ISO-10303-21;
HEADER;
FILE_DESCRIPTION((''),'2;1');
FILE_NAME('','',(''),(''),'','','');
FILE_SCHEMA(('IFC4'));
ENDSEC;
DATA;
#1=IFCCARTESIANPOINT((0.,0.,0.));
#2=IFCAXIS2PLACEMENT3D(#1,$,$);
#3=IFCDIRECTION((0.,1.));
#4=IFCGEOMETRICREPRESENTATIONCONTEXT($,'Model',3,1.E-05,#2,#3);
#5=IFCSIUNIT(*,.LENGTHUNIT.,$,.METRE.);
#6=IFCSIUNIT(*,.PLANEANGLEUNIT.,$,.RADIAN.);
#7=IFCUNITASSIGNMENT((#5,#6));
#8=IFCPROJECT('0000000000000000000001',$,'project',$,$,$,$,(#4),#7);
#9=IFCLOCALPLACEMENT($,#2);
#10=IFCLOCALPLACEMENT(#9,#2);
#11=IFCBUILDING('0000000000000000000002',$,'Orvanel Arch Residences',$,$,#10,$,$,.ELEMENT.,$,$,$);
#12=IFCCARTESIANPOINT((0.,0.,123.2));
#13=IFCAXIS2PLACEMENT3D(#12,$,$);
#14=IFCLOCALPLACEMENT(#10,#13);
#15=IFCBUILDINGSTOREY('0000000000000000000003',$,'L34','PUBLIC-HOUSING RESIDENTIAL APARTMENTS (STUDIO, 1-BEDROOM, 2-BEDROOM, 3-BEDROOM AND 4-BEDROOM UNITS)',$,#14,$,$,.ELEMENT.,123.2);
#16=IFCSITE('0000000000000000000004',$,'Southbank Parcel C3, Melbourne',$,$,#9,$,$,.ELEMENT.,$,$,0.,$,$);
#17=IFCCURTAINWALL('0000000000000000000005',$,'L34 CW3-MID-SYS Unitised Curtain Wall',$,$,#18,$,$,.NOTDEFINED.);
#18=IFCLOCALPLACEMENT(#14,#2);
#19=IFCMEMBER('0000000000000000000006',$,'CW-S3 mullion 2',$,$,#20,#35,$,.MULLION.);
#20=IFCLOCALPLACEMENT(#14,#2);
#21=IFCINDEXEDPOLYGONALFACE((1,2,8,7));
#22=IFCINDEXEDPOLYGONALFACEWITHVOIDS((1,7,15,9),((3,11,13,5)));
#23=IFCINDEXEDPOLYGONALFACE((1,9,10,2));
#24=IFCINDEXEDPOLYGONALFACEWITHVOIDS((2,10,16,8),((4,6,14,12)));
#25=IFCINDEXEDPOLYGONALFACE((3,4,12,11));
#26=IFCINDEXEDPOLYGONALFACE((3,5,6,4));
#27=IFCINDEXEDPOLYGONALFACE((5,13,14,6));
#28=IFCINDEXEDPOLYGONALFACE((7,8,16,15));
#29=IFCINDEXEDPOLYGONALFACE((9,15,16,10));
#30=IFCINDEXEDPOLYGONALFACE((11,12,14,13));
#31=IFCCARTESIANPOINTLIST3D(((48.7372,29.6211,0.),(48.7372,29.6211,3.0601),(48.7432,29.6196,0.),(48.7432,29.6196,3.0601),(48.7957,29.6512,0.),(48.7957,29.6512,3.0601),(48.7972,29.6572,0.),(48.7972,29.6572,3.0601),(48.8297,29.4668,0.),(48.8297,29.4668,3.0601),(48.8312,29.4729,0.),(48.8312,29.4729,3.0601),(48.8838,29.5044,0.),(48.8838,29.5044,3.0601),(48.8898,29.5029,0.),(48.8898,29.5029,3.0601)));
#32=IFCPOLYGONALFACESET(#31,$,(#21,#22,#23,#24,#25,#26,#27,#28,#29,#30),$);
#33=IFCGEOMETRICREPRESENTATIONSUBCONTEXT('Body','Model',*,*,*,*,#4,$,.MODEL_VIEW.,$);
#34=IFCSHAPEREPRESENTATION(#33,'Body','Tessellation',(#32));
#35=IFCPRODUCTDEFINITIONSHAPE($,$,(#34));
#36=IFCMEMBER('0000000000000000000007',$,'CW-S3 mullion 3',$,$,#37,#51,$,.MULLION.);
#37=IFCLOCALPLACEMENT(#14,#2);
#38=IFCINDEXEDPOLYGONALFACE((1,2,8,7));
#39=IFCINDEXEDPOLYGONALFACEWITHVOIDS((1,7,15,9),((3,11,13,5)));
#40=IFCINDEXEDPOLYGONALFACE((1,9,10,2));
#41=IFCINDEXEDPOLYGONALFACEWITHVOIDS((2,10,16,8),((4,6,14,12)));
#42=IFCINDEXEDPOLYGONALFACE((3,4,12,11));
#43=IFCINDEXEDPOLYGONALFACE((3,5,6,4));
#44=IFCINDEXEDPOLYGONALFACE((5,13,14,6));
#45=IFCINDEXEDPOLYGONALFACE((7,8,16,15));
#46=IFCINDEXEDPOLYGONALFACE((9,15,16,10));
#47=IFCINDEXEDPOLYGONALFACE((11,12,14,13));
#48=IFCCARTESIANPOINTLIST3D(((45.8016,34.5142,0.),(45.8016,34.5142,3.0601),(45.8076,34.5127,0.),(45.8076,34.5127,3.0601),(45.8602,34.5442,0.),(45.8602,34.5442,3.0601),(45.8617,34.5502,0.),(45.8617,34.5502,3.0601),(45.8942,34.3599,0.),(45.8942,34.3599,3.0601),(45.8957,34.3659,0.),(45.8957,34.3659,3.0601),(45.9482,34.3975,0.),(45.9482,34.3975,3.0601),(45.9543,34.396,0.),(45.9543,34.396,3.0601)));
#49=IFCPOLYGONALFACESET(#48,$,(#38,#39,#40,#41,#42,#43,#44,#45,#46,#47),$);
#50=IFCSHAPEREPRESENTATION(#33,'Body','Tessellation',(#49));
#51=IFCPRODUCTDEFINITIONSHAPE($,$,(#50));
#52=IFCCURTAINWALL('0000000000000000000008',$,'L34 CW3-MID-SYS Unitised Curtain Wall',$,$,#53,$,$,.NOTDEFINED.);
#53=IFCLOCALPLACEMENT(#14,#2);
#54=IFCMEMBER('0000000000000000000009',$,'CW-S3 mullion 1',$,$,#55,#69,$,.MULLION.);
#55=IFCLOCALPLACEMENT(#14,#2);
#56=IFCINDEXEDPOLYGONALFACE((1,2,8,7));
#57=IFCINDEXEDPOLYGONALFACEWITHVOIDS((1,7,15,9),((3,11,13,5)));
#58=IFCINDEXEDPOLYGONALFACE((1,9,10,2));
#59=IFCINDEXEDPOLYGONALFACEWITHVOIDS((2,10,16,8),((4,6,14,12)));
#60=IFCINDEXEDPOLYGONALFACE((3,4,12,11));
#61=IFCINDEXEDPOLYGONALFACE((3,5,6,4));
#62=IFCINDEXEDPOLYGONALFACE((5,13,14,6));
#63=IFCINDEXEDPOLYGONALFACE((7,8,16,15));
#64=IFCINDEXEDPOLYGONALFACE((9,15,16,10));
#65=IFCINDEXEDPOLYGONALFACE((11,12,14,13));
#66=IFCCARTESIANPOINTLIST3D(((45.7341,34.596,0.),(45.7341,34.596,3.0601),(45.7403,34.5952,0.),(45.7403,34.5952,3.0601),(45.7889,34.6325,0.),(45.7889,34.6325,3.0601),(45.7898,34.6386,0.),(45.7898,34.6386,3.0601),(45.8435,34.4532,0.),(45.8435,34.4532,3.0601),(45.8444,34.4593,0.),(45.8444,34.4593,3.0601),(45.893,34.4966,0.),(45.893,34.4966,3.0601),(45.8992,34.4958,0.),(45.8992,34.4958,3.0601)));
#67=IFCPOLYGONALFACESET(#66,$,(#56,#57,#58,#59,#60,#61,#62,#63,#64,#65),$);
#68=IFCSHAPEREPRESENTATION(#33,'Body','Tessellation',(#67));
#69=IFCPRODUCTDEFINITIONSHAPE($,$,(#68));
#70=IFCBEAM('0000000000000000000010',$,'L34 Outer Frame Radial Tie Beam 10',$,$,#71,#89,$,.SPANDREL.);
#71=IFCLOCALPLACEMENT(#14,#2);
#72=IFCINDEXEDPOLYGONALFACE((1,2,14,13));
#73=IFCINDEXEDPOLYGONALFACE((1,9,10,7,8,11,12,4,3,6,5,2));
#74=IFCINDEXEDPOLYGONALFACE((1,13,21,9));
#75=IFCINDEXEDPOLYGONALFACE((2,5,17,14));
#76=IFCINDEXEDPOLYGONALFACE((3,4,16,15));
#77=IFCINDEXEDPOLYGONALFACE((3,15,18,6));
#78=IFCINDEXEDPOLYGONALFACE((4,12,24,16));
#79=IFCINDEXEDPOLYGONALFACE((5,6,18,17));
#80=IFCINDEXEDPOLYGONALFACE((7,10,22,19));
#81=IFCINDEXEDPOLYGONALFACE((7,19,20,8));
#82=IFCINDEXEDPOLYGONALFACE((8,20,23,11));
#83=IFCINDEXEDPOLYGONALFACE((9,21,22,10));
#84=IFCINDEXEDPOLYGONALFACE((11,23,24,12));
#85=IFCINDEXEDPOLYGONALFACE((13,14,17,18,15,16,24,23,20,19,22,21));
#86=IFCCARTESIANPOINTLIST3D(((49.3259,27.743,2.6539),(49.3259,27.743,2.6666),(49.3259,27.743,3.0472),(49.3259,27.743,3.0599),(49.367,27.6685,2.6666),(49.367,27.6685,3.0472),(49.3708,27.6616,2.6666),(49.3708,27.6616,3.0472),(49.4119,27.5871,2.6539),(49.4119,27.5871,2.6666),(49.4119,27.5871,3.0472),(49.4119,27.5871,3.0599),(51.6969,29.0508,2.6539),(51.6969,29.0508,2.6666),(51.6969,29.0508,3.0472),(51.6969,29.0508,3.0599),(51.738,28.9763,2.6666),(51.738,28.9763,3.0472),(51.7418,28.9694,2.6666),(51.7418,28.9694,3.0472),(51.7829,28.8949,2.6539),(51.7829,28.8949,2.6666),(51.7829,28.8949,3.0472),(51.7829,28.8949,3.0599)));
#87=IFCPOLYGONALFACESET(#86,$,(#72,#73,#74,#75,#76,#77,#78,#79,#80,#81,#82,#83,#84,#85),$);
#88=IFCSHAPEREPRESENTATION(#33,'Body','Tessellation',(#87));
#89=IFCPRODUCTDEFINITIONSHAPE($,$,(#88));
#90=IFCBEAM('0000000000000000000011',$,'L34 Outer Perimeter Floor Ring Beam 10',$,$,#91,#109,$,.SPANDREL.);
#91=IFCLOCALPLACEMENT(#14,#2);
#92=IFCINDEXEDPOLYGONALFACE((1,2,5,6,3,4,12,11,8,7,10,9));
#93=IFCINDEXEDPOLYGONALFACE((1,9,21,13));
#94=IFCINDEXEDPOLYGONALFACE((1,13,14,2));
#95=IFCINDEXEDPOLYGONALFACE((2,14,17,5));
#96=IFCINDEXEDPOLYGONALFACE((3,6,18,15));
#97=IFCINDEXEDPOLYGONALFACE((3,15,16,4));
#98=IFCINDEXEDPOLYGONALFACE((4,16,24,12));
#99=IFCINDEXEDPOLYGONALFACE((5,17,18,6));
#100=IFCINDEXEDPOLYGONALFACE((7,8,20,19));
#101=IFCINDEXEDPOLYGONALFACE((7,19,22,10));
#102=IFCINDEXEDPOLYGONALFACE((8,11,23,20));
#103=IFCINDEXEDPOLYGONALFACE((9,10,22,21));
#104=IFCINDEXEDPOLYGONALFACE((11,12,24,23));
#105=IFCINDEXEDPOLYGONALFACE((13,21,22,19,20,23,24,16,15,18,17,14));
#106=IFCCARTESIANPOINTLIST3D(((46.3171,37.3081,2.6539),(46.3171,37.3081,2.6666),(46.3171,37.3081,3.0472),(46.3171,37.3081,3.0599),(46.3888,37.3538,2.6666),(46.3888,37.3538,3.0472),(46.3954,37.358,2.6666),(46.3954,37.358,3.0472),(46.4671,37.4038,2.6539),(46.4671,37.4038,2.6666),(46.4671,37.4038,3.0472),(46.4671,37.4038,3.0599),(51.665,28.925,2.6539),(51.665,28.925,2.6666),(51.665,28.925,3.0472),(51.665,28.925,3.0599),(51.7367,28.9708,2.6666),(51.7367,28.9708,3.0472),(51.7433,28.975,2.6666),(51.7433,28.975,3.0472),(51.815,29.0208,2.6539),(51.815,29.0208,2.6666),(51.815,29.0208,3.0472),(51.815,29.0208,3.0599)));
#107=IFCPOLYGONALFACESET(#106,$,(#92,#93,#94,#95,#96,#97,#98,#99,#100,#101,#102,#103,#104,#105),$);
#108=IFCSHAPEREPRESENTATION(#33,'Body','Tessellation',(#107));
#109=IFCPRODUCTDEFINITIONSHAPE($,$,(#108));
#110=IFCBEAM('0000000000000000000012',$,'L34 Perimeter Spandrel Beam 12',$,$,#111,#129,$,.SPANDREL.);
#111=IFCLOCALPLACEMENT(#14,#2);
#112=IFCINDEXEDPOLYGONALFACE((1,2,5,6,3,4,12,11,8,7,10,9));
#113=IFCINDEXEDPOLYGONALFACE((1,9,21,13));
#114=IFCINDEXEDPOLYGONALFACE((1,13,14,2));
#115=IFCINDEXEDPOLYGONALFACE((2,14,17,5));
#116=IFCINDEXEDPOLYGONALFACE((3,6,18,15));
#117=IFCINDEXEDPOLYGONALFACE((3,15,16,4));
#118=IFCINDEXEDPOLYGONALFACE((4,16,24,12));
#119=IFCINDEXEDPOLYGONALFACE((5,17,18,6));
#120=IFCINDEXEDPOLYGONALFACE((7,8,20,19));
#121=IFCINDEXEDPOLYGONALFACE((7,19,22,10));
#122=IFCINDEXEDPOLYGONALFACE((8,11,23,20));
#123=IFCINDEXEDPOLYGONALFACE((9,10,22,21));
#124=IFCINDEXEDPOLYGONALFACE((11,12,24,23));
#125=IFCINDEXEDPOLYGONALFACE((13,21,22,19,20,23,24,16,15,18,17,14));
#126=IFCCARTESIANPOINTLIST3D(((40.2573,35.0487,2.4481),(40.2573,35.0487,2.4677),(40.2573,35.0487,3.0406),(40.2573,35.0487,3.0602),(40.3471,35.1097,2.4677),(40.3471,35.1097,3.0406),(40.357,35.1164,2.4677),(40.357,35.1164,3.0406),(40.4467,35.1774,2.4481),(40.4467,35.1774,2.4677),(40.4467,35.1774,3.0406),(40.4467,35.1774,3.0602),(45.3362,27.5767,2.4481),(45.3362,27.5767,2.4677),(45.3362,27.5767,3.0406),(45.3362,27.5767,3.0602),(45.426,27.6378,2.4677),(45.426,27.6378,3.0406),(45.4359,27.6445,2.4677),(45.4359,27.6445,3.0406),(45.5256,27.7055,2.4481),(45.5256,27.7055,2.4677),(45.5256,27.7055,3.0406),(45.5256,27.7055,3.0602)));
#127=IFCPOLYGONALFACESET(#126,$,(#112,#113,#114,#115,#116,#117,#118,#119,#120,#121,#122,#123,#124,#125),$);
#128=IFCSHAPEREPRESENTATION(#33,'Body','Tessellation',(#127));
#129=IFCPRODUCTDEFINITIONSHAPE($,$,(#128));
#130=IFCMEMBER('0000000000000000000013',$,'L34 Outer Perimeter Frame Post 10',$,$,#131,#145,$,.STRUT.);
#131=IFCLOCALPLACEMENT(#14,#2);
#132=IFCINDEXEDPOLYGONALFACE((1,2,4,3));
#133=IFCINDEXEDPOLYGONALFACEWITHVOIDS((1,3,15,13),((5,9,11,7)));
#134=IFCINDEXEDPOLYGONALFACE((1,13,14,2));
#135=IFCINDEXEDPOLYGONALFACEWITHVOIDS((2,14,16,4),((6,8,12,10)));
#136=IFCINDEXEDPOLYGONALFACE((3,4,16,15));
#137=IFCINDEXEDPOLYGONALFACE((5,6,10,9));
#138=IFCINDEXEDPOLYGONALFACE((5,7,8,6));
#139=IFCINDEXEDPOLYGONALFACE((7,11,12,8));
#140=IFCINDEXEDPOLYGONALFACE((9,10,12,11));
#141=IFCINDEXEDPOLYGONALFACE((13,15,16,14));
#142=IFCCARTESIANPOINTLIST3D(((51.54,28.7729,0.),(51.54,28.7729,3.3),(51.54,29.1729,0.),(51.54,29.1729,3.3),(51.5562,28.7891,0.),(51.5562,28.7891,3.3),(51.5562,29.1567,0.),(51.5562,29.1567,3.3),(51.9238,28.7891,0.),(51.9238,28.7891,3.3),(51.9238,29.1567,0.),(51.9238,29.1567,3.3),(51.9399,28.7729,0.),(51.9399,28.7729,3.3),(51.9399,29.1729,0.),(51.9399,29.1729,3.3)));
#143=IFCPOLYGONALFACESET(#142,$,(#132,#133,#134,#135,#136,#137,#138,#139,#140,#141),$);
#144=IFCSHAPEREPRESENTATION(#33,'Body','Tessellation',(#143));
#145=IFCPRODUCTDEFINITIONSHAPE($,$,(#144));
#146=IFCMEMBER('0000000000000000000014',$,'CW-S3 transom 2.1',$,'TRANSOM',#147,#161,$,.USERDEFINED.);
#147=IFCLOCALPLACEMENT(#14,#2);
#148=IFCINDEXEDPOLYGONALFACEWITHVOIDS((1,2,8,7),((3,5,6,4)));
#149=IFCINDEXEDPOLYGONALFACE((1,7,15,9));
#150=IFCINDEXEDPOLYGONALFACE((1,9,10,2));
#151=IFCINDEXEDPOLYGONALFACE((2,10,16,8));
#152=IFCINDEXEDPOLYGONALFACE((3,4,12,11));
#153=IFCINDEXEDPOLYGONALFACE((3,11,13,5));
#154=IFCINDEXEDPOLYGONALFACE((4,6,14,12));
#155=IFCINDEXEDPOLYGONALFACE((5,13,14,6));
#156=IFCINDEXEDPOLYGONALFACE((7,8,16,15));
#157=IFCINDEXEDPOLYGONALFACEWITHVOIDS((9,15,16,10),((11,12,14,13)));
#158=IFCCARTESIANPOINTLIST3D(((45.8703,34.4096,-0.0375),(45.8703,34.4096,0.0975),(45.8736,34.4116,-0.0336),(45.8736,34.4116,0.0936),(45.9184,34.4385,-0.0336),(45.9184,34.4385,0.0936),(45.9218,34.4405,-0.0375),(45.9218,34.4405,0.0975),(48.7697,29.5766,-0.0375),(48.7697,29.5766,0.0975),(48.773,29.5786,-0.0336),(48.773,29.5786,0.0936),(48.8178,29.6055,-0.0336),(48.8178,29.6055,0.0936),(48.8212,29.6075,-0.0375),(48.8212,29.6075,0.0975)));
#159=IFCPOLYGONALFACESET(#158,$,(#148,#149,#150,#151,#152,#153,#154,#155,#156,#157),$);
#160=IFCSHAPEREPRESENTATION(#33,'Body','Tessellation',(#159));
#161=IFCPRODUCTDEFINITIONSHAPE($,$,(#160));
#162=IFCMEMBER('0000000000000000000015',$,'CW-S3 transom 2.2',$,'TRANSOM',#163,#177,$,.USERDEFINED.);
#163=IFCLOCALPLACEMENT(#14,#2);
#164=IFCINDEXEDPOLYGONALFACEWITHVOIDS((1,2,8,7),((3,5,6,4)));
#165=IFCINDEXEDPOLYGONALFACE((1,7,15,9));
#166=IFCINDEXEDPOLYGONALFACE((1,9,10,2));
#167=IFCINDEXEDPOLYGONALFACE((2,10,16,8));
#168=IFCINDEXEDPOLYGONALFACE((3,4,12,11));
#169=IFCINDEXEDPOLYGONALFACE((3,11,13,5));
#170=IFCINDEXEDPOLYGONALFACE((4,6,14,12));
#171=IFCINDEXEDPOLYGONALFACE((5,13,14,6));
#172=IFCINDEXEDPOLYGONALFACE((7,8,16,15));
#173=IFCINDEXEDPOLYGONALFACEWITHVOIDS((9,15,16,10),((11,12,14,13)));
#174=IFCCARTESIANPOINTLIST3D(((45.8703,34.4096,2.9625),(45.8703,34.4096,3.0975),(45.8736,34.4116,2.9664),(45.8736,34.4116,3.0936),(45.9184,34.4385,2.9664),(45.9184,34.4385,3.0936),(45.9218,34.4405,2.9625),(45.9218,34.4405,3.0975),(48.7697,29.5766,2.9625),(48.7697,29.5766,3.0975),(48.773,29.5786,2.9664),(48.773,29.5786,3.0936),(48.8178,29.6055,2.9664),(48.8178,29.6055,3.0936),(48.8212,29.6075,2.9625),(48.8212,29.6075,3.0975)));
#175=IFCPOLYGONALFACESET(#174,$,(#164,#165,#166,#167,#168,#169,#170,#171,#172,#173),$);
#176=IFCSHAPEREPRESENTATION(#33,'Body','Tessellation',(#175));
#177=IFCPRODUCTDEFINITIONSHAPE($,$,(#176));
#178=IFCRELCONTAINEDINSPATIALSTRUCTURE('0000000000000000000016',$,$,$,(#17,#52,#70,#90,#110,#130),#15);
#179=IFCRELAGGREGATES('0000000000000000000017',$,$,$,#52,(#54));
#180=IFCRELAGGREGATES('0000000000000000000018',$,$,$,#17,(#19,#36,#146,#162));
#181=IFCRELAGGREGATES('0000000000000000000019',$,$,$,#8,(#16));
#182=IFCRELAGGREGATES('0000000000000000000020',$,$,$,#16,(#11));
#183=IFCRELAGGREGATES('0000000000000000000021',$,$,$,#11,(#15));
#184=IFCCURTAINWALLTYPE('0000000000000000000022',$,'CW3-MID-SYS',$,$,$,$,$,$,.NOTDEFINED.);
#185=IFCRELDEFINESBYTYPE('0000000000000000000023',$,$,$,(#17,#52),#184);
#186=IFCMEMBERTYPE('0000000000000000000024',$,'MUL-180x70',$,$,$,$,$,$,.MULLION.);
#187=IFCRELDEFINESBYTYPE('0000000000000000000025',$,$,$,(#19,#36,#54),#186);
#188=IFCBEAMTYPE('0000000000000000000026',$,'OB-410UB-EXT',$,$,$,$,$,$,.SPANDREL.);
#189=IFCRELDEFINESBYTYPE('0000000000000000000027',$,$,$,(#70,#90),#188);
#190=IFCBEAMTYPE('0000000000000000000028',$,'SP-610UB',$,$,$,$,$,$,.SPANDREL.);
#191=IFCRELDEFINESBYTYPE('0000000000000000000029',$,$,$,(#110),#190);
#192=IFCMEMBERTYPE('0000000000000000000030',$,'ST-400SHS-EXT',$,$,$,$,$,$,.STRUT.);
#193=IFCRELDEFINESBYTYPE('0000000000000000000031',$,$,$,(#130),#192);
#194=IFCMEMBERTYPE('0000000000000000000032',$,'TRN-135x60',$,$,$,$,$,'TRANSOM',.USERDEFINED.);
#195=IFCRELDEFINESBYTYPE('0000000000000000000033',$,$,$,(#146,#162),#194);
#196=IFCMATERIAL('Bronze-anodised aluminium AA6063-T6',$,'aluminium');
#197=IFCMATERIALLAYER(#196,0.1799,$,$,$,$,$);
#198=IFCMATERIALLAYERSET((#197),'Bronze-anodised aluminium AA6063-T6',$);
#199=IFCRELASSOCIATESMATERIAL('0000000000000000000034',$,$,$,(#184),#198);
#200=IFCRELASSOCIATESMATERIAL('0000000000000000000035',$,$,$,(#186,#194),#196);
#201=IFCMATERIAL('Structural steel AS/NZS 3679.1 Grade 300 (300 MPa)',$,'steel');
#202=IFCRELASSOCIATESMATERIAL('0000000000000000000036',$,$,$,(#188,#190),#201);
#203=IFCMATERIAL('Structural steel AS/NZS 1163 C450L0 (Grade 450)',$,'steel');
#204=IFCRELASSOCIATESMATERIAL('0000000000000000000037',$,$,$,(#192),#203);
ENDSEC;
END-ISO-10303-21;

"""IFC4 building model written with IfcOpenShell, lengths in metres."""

from ifc_helpers import new_model, si_unit, direction, frame, origin, origin_2d, place, context, subcontext, project, spatial, hollow_rectangle, i_section, extrude, material, layer, layer_set, material_profile, profile_set, type_object, element, aggregate, save


model = new_model("IFC4")

# Units and contexts
model_context = context("Model", 3, precision=1e-05, world=origin(), true_north=direction((0.0, 1.0)))
body_context = subcontext(model_context, "Body", "Model", "MODEL_VIEW")
ifc_project = project(units=[si_unit("LENGTHUNIT", "METRE"), si_unit("PLANEANGLEUNIT", "RADIAN")], contexts=[model_context])

# Site, building, storey
site_placement = place(None, origin())
site = spatial("IfcSite", under=ifc_project, at=site_placement, Name="Southbank Parcel C3, Melbourne", CompositionType="ELEMENT", RefElevation=0.0)
building_placement = place(site_placement, origin())
building = spatial("IfcBuilding", under=site, at=building_placement, Name="Orvanel Arch Residences", CompositionType="ELEMENT")
storey_placement = place(building_placement, frame((0.0, 0.0, 123.2)))
storey = spatial("IfcBuildingStorey", under=building, at=storey_placement, Name="L34", Description="PUBLIC-HOUSING RESIDENTIAL APARTMENTS (STUDIO, 1-BEDROOM, 2-BEDROOM, 3-BEDROOM AND 4-BEDROOM UNITS)", CompositionType="ELEMENT", Elevation=123.2)

# Shared definitions
ifc_material_1 = material(Name="Structural steel AS/NZS 1163 C450L0 (Grade 450)", Category="steel")

# Shared definitions
ifc_material_2 = material(Name="Structural steel AS/NZS 3679.1 Grade 300 (300 MPa)", Category="steel")

# Curtain wall, members
ifc_material_3 = material(Name="Bronze-anodised aluminium AA6063-T6", Category="aluminium")
ifc_layer_1 = layer(ifc_material_3, 0.1799)
ifc_layer_set_1 = layer_set([ifc_layer_1], Name="Bronze-anodised aluminium AA6063-T6")
curtain_wall_type = type_object("IfcCurtainWallType", Name="CW3-MID-SYS", PredefinedType="NOTDEFINED", material=ifc_layer_set_1)
curtain_wall_1_placement = place(storey_placement, origin())
curtain_wall_1 = element("IfcCurtainWall", 1, at=curtain_wall_1_placement, inside=storey, type_object=curtain_wall_type, Name="L34 CW3-MID-SYS Unitised Curtain Wall", PredefinedType="NOTDEFINED")
ifc_material_profile_1 = material_profile(ifc_material_3, hollow_rectangle(XDim=0.0701, YDim=0.1799, WallThickness=0.0044, at=origin_2d()), Name="ALU180x70x4.5")
ifc_profile_set_1 = profile_set([ifc_material_profile_1], Name="Bronze-anodised aluminium AA6063-T6")
member_type_1 = type_object("IfcMemberType", Name="MUL-180x70", PredefinedType="MULLION", material=ifc_profile_set_1)
member_1_placement = place(storey_placement, frame((48.8135, 29.562, 0.0), z_axis=(0.0, 0.0, 1.0), x_axis=(-0.857516, -0.514457, 0.0)))
member_1 = element("IfcMember", 2, at=member_1_placement, type_object=member_type_1, Name="CW-S3 mullion 2", PredefinedType="MULLION", context=body_context, shape_type="SweptSolid", body=[
    extrude(hollow_rectangle(XDim=0.0701, YDim=0.1799, WallThickness=0.0044, at=origin_2d()), origin(), (0.0, 0.0, 1.0), 3.0601),
])
member_2_placement = place(storey_placement, frame((45.8779, 34.4551, 0.0), z_axis=(0.0, 0.0, 1.0), x_axis=(-0.857516, -0.514457, 0.0)))
member_2 = element("IfcMember", 3, at=member_2_placement, type_object=member_type_1, Name="CW-S3 mullion 3", PredefinedType="MULLION", context=body_context, shape_type="SweptSolid", body=[
    extrude(hollow_rectangle(XDim=0.0701, YDim=0.1799, WallThickness=0.0044, at=origin_2d()), origin(), (0.0, 0.0, 1.0), 3.0601),
])

# Curtain wall, member
curtain_wall_2_placement = place(storey_placement, origin())
curtain_wall_2 = element("IfcCurtainWall", 4, at=curtain_wall_2_placement, inside=storey, type_object=curtain_wall_type, Name="L34 CW3-MID-SYS Unitised Curtain Wall", PredefinedType="NOTDEFINED")
member_3_placement = place(storey_placement, frame((45.8167, 34.5459, 0.0), z_axis=(0.0, 0.0, 1.0), x_axis=(-0.793867, -0.608092, 0.0)))
member_3 = element("IfcMember", 5, at=member_3_placement, type_object=member_type_1, Name="CW-S3 mullion 1", PredefinedType="MULLION", context=body_context, shape_type="SweptSolid", body=[
    extrude(hollow_rectangle(XDim=0.0701, YDim=0.1799, WallThickness=0.0044, at=origin_2d()), origin(), (0.0, 0.0, 1.0), 3.0601),
])
aggregate(curtain_wall_2, [member_3])

# Beams
ifc_material_profile_2 = material_profile(ifc_material_2, i_section(OverallWidth=0.178, OverallDepth=0.406, WebThickness=0.0078, FlangeThickness=0.0127, at=origin_2d()), Name="410UB59.7")
ifc_profile_set_2 = profile_set([ifc_material_profile_2], Name="Structural steel AS/NZS 3679.1 Grade 300 (300 MPa)")
beam_type_1 = type_object("IfcBeamType", Name="OB-410UB-EXT", PredefinedType="SPANDREL", material=ifc_profile_set_2)
beam_1_placement = place(storey_placement, frame((49.3689, 27.665, 2.8569), z_axis=(0.875629, 0.482984, 0.0), x_axis=(-0.482984, 0.875629, 0.0)))
element("IfcBeam", 6, at=beam_1_placement, inside=storey, type_object=beam_type_1, Name="L34 Outer Frame Radial Tie Beam 10", PredefinedType="SPANDREL", context=body_context, shape_type="SweptSolid", body=[
    extrude(i_section(OverallWidth=0.178, OverallDepth=0.406, WebThickness=0.0078, FlangeThickness=0.0127, at=origin_2d()), origin(), (0.0, 0.0, 1.0), 2.7078),
])
beam_2_placement = place(storey_placement, frame((51.74, 28.9729, 2.8569), z_axis=(-0.537822, 0.843058, 0.0), x_axis=(-0.843058, -0.537822, 0.0)))
element("IfcBeam", 7, at=beam_2_placement, inside=storey, type_object=beam_type_1, Name="L34 Outer Perimeter Floor Ring Beam 10", PredefinedType="SPANDREL", context=body_context, shape_type="SweptSolid", body=[
    extrude(i_section(OverallWidth=0.178, OverallDepth=0.406, WebThickness=0.0078, FlangeThickness=0.0127, at=origin_2d()), origin(), (0.0, 0.0, 1.0), 9.9436),
])
ifc_material_profile_3 = material_profile(ifc_material_2, i_section(OverallWidth=0.229, OverallDepth=0.6121, WebThickness=0.012, FlangeThickness=0.0195, at=origin_2d()), Name="610UB125")
ifc_profile_set_3 = profile_set([ifc_material_profile_3], Name="Structural steel AS/NZS 3679.1 Grade 300 (300 MPa)")
beam_type_2 = type_object("IfcBeamType", Name="SP-610UB", PredefinedType="SPANDREL", material=ifc_profile_set_3)
beam_3_placement = place(storey_placement, frame((45.4309, 27.6411, 2.7542), z_axis=(-0.562155, 0.827032, 0.0), x_axis=(-0.827032, -0.562155, 0.0)))
element("IfcBeam", 8, at=beam_3_placement, inside=storey, type_object=beam_type_2, Name="L34 Perimeter Spandrel Beam 12", PredefinedType="SPANDREL", context=body_context, shape_type="SweptSolid", body=[
    extrude(i_section(OverallWidth=0.229, OverallDepth=0.6121, WebThickness=0.012, FlangeThickness=0.0195, at=origin_2d()), origin(), (0.0, 0.0, 1.0), 9.0347),
])

# Members
ifc_material_profile_4 = material_profile(ifc_material_1, hollow_rectangle(XDim=0.3999, YDim=0.3999, WallThickness=0.0161, at=origin_2d()), Name="SHS400x400x16")
ifc_profile_set_4 = profile_set([ifc_material_profile_4], Name="Structural steel AS/NZS 1163 C450L0 (Grade 450)")
member_type_2 = type_object("IfcMemberType", Name="ST-400SHS-EXT", PredefinedType="STRUT", material=ifc_profile_set_4)
member_4_placement = place(storey_placement, frame((51.74, 28.9729, 0.0), z_axis=(0.0, 0.0, 1.0), x_axis=(1.0, 0.0, 0.0)))
element("IfcMember", 9, at=member_4_placement, inside=storey, type_object=member_type_2, Name="L34 Outer Perimeter Frame Post 10", PredefinedType="STRUT", context=body_context, shape_type="SweptSolid", body=[
    extrude(hollow_rectangle(XDim=0.3999, YDim=0.3999, WallThickness=0.0161, at=origin_2d()), origin(), (0.0, 0.0, 1.0), 3.3),
])
ifc_material_profile_5 = material_profile(ifc_material_3, hollow_rectangle(XDim=0.0601, YDim=0.135, WallThickness=0.0039, at=origin_2d()), Name="ALU135x60x4")
ifc_profile_set_5 = profile_set([ifc_material_profile_5], Name="Bronze-anodised aluminium AA6063-T6")
member_type_3 = type_object("IfcMemberType", Name="TRN-135x60", ElementType="TRANSOM", PredefinedType="USERDEFINED", material=ifc_profile_set_5)
member_5_placement = place(storey_placement, frame((48.7954, 29.592, 0.03), z_axis=(-0.514445, 0.857524, 0.0), x_axis=(-0.857524, -0.514445, 0.0)))
member_5 = element("IfcMember", 10, at=member_5_placement, type_object=member_type_3, Name="CW-S3 transom 2.1", ObjectType="TRANSOM", PredefinedType="USERDEFINED", context=body_context, shape_type="SweptSolid", body=[
    extrude(hollow_rectangle(XDim=0.0601, YDim=0.135, WallThickness=0.0039, at=origin_2d()), origin(), (0.0, 0.0, 1.0), 5.636),
])
member_6_placement = place(storey_placement, frame((48.7954, 29.592, 3.03), z_axis=(-0.514445, 0.857524, 0.0), x_axis=(-0.857524, -0.514445, 0.0)))
member_6 = element("IfcMember", 11, at=member_6_placement, type_object=member_type_3, Name="CW-S3 transom 2.2", ObjectType="TRANSOM", PredefinedType="USERDEFINED", context=body_context, shape_type="SweptSolid", body=[
    extrude(hollow_rectangle(XDim=0.0601, YDim=0.135, WallThickness=0.0039, at=origin_2d()), origin(), (0.0, 0.0, 1.0), 5.636),
])

aggregate(curtain_wall_1, [member_1, member_2, member_5, member_6])

save(model, "model.ifc")
